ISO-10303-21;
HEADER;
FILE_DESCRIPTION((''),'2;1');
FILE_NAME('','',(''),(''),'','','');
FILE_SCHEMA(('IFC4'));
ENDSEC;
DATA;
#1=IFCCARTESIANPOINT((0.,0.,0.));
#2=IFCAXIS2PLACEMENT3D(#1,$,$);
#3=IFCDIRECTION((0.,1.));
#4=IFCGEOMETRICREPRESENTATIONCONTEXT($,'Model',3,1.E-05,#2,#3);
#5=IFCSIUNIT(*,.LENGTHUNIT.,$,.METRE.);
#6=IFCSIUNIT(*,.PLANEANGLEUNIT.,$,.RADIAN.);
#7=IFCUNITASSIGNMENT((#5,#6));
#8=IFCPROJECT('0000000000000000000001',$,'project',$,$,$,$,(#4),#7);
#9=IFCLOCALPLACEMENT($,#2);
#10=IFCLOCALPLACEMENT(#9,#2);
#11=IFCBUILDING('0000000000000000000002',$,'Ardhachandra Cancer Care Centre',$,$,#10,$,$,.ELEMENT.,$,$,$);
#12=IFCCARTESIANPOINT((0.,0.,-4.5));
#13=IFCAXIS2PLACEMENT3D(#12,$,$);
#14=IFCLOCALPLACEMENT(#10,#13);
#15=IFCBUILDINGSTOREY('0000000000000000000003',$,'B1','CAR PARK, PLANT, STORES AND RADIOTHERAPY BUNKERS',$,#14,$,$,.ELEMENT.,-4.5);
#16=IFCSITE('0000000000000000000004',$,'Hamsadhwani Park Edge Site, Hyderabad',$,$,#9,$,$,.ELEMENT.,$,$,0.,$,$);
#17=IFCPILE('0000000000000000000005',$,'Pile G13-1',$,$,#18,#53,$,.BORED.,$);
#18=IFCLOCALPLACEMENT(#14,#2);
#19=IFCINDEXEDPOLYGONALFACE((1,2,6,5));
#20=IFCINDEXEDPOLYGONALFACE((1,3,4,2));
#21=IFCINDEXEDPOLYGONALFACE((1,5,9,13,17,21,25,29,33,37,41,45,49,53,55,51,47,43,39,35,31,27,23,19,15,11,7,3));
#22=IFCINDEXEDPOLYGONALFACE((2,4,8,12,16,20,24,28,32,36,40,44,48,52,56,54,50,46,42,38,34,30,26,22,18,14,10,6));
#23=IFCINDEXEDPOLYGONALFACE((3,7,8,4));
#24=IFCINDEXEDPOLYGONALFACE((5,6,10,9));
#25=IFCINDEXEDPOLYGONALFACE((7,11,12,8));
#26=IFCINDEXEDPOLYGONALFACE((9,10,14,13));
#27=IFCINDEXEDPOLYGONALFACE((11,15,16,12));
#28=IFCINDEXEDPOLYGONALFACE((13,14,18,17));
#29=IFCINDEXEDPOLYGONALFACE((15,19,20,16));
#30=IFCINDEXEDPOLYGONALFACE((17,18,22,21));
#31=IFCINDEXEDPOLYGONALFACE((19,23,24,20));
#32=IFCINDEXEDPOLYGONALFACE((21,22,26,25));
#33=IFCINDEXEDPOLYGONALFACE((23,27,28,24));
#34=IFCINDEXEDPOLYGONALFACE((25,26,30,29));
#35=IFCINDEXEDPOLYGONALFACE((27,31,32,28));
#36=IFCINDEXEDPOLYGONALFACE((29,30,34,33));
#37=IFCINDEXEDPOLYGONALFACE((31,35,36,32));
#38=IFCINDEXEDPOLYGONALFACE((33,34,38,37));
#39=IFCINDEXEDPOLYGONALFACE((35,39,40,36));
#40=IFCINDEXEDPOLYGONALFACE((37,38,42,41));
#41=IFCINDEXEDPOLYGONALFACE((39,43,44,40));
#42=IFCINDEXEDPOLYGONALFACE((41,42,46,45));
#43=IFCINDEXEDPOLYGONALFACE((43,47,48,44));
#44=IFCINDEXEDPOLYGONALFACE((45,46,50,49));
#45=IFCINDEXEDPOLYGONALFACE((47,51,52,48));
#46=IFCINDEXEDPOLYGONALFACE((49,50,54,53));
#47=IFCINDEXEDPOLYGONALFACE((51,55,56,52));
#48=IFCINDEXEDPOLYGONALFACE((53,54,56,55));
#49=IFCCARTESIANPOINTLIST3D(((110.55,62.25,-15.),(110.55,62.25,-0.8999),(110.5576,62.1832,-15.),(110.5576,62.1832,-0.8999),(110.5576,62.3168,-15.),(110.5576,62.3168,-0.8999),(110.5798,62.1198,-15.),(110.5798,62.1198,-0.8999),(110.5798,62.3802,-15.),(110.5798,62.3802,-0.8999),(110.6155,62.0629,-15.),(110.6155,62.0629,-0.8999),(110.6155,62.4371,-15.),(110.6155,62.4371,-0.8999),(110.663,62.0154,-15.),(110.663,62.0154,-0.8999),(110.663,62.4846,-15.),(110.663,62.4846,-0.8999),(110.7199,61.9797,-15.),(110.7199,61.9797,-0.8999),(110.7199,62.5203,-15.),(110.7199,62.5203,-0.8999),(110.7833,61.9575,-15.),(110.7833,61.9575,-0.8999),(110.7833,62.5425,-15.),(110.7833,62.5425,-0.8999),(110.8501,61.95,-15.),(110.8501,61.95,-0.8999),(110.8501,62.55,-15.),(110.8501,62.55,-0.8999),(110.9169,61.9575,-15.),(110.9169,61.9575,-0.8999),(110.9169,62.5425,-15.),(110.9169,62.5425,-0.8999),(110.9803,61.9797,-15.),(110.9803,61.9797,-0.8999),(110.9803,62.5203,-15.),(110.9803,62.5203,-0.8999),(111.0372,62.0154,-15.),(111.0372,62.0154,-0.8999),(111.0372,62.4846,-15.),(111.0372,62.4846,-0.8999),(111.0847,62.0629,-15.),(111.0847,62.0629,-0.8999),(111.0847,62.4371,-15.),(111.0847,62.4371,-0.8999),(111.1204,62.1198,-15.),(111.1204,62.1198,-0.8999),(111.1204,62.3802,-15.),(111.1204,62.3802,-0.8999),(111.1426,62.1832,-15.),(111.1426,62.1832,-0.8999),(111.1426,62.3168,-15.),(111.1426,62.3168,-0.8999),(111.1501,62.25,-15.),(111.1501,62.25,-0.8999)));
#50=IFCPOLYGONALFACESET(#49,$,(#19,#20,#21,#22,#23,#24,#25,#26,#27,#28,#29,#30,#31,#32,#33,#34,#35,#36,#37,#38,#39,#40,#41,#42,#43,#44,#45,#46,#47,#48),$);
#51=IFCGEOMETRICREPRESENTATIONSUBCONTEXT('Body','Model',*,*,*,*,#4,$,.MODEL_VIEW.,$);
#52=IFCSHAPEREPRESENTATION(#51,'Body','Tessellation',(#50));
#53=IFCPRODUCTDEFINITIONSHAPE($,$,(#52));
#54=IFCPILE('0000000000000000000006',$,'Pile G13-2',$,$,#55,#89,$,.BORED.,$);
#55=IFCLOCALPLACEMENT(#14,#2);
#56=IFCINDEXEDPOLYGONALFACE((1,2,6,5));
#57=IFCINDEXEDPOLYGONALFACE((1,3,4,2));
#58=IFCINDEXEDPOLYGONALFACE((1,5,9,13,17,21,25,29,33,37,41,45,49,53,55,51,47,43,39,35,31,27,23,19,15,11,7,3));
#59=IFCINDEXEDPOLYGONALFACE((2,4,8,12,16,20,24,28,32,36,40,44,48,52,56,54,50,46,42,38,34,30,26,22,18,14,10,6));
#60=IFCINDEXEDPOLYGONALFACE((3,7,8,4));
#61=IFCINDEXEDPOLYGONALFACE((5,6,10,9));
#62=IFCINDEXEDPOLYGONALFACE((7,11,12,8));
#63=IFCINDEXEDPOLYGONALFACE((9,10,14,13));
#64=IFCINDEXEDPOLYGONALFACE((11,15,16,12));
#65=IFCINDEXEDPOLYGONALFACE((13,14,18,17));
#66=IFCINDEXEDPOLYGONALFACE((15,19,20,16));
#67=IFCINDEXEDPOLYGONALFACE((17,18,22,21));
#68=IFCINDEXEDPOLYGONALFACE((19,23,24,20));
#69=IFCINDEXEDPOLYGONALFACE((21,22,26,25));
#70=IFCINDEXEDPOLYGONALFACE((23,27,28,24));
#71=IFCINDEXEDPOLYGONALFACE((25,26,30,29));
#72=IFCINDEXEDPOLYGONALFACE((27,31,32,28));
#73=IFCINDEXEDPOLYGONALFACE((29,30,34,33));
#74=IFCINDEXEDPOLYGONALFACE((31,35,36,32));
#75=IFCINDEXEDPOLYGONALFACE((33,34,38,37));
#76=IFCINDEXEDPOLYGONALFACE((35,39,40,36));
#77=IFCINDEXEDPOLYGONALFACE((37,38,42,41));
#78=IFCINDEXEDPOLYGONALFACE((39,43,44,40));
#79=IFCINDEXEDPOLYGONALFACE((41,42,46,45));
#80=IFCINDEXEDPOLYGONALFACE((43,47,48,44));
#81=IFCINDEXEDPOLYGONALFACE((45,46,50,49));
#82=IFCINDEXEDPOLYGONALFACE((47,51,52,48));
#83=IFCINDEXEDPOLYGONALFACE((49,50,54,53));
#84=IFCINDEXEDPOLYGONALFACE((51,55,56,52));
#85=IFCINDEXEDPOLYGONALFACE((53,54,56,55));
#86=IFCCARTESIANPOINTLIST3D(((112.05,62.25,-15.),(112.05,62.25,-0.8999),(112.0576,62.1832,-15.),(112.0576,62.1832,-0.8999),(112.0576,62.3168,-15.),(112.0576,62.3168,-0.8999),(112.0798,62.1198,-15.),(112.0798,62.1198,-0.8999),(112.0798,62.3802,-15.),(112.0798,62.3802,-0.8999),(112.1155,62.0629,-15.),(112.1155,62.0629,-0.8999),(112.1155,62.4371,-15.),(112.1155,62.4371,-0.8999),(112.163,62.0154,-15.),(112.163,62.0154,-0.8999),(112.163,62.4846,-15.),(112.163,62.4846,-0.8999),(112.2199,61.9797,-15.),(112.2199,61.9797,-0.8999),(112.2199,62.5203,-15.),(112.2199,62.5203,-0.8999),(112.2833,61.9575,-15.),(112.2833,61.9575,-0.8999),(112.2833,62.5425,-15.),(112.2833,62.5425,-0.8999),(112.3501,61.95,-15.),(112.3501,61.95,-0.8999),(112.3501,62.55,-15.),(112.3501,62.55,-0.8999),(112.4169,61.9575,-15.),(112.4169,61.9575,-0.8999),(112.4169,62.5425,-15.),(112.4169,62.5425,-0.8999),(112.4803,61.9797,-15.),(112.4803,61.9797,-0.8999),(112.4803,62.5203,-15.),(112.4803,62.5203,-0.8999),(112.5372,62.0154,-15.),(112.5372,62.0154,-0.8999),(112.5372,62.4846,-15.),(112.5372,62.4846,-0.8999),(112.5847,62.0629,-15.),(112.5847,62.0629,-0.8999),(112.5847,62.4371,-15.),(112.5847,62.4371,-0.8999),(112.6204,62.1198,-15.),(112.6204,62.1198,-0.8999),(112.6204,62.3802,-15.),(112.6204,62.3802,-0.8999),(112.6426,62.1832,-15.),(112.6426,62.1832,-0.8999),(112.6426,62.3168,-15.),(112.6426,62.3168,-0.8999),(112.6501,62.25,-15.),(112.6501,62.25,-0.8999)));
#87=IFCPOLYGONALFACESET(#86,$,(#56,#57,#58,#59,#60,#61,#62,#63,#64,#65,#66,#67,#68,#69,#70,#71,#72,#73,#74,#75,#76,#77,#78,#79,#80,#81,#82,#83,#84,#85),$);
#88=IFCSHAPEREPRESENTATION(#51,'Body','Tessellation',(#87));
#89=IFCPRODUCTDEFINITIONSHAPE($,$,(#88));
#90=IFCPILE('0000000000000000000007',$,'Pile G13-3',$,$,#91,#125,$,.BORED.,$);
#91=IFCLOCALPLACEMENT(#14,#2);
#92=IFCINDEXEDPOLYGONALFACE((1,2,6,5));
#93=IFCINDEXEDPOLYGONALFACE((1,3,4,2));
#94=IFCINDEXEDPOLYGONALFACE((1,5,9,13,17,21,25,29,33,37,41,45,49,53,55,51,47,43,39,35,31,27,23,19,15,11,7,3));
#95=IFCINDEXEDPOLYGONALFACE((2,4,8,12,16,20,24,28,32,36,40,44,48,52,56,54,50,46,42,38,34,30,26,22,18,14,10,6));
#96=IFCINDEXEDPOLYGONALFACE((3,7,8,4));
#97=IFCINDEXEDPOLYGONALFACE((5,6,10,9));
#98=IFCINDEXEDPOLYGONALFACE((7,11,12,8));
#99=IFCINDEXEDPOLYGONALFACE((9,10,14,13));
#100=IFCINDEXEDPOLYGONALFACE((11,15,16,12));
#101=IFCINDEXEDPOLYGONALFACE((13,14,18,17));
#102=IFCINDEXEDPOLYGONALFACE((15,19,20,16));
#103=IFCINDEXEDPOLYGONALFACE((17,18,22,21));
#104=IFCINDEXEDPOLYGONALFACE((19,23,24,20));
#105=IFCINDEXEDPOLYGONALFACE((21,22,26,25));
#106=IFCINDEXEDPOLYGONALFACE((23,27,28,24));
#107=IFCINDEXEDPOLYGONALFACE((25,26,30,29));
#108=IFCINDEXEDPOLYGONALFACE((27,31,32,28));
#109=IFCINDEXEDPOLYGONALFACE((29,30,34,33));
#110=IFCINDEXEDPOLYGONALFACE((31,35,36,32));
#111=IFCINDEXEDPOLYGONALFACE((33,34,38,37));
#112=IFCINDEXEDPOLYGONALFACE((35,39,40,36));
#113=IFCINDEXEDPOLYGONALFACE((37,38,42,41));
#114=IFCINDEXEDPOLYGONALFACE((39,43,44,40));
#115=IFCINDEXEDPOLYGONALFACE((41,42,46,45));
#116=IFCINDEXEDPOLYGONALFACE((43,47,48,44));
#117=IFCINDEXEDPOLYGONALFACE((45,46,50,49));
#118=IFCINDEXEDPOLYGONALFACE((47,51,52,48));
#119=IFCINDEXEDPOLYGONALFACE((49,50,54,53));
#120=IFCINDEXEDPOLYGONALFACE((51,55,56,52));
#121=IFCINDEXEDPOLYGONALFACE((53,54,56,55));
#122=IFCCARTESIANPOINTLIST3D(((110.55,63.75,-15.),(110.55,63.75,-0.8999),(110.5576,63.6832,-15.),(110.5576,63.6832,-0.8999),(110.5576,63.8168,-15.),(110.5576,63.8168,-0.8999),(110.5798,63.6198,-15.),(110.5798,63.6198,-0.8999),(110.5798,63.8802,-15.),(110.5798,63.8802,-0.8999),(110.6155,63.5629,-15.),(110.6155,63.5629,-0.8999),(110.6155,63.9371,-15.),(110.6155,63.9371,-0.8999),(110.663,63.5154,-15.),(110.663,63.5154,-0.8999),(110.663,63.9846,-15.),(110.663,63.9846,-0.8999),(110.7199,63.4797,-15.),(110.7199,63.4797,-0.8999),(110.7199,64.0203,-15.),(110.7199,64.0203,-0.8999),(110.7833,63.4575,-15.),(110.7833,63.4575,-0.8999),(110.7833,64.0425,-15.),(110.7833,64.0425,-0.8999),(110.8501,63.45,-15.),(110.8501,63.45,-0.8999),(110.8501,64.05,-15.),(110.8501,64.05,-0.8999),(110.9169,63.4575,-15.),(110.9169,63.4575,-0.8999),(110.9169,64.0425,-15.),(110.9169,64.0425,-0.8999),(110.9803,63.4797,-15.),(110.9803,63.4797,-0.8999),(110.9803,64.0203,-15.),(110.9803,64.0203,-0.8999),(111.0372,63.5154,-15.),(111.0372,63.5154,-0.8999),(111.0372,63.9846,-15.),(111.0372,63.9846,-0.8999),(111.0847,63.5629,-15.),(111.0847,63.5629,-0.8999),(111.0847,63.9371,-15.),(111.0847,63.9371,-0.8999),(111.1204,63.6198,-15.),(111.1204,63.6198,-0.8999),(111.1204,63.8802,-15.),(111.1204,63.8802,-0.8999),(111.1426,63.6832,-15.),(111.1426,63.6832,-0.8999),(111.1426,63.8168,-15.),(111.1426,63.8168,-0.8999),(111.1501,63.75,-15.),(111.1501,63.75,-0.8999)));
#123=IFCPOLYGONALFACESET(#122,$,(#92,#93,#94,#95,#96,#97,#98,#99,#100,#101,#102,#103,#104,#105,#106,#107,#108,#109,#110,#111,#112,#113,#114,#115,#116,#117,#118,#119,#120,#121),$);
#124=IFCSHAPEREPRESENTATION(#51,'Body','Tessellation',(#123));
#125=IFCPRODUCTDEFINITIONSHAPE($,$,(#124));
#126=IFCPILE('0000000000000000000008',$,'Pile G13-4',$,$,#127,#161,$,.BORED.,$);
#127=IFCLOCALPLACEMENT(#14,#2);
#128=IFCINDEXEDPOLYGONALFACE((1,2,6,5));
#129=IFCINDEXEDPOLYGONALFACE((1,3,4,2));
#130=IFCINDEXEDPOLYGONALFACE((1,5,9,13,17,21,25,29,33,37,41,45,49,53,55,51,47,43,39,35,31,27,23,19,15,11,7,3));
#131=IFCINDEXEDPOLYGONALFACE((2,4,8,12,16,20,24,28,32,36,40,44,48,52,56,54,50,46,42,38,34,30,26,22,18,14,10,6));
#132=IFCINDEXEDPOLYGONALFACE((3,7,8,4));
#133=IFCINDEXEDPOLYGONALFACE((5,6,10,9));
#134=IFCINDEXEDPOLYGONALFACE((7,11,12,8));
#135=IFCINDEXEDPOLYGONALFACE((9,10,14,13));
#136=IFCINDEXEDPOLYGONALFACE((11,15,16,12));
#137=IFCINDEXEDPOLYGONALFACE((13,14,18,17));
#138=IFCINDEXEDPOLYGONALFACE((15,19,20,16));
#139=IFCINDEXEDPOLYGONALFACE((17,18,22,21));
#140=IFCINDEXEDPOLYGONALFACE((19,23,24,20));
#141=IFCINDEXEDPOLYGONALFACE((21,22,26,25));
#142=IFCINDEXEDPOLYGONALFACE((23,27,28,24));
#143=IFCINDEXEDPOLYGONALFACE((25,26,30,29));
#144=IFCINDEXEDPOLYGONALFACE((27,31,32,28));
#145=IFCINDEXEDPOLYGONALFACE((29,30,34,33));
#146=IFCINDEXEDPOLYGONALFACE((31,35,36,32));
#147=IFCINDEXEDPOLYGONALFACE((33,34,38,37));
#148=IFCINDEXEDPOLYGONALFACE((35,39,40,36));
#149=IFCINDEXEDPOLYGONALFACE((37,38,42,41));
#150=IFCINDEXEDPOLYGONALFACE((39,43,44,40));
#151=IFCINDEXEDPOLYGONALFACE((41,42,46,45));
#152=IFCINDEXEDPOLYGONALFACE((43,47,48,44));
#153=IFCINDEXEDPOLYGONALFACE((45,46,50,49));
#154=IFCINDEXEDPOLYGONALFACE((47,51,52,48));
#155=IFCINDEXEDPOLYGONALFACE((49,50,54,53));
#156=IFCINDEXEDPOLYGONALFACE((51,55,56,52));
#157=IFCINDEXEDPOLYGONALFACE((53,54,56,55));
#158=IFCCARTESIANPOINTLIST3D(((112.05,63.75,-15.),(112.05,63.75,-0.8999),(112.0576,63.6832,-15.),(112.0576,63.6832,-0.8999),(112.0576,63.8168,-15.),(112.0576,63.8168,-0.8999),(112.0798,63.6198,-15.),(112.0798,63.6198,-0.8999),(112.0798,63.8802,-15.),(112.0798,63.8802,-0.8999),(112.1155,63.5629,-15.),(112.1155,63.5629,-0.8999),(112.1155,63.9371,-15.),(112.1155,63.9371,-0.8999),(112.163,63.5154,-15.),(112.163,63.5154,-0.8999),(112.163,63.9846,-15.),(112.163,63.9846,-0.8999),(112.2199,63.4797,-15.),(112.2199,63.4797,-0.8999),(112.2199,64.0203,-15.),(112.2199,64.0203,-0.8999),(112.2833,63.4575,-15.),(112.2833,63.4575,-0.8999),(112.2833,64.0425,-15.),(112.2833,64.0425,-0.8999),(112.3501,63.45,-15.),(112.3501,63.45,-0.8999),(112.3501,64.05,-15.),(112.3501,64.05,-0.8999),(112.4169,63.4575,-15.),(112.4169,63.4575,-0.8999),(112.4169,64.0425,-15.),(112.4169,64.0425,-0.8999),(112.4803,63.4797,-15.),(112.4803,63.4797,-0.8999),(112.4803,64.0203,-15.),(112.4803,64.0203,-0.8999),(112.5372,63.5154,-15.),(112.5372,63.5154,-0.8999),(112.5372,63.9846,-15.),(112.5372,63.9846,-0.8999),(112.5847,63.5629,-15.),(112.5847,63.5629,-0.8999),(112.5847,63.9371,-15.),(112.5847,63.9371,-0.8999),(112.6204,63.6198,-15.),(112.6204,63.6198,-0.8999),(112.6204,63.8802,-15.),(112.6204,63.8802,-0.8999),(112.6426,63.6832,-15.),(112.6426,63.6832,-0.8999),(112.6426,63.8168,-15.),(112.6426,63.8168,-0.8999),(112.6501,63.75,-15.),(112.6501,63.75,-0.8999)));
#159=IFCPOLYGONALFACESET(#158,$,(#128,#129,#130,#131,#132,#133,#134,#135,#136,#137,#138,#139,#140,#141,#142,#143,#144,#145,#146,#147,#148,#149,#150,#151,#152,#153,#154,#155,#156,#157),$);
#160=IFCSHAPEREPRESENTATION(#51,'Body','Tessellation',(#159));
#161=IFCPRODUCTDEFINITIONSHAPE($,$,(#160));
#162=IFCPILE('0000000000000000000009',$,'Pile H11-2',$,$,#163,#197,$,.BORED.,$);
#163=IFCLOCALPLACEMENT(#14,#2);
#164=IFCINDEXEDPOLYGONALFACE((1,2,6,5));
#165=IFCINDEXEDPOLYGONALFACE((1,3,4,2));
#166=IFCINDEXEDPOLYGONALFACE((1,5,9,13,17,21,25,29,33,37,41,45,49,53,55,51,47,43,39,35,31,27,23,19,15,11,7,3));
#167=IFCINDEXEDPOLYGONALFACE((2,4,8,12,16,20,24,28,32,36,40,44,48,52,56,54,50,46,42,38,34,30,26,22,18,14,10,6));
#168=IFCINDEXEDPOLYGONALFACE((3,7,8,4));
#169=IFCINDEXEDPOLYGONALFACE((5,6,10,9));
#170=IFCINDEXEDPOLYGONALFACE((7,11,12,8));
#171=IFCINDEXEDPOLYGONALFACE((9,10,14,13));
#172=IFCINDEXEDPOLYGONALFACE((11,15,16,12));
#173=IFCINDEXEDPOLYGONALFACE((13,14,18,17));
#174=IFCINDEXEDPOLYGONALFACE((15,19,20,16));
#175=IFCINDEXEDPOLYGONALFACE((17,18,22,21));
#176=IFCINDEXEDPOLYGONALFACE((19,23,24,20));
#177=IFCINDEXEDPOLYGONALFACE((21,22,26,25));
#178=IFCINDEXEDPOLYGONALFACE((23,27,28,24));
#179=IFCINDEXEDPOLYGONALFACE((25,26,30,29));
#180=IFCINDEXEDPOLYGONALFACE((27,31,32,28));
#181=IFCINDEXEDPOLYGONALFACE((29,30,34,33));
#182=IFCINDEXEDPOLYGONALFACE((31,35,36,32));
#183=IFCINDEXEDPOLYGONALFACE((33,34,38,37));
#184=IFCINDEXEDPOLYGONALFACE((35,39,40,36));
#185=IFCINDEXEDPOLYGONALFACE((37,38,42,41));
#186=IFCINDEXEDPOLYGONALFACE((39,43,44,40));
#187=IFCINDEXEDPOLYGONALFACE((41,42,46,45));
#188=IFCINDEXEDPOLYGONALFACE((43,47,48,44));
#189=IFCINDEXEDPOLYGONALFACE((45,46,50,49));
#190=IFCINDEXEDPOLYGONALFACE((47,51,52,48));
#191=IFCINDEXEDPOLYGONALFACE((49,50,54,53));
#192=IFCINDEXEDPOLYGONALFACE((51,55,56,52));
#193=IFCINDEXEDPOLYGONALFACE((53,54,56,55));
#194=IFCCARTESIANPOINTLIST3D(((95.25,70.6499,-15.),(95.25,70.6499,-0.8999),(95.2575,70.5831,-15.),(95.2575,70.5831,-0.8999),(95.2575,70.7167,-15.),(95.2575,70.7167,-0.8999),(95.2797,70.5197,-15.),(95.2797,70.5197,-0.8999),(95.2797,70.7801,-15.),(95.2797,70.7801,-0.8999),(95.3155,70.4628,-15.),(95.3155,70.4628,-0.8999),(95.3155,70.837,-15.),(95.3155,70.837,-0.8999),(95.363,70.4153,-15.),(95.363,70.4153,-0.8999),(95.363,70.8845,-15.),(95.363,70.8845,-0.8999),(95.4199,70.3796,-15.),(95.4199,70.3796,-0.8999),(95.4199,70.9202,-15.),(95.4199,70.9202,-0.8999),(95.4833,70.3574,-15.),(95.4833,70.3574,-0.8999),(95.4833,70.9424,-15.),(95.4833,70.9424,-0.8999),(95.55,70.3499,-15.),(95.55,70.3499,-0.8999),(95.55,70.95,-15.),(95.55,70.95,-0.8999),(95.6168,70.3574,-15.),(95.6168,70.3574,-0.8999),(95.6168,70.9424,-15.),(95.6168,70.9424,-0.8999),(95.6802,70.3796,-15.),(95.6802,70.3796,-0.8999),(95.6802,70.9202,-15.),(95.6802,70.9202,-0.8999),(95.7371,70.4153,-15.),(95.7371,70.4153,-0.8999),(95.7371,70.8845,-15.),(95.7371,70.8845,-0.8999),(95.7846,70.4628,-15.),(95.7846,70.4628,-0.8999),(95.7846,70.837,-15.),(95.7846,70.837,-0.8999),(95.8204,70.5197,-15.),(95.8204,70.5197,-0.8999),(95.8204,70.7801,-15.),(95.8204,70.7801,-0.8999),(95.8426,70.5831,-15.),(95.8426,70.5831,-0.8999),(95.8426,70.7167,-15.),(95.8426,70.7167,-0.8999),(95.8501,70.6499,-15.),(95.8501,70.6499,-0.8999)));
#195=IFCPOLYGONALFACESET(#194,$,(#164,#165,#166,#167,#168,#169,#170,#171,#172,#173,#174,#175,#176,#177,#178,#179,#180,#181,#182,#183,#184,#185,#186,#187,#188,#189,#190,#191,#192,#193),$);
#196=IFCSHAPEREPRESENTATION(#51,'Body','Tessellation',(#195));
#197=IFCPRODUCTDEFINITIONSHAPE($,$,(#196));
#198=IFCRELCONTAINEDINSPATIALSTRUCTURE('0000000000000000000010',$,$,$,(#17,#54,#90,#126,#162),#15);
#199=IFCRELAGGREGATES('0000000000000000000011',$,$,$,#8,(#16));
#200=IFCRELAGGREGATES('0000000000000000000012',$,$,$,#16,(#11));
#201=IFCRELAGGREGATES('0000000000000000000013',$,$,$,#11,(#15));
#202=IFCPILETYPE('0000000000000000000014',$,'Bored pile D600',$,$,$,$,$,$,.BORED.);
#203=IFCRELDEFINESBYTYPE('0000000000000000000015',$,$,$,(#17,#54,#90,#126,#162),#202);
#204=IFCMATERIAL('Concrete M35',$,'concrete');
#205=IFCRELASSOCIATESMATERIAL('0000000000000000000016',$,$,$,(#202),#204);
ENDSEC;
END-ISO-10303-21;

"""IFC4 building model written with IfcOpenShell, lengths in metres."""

from ifc_helpers import new_model, si_unit, direction, frame, origin, origin_2d, place, context, subcontext, project, spatial, circle, extrude, material, material_profile, profile_set, type_object, element, save


model = new_model("IFC4")

# Units and contexts
model_context = context("Model", 3, precision=1e-05, world=origin(), true_north=direction((0.0, 1.0)))
body_context = subcontext(model_context, "Body", "Model", "MODEL_VIEW")
ifc_project = project(units=[si_unit("LENGTHUNIT", "METRE"), si_unit("PLANEANGLEUNIT", "RADIAN")], contexts=[model_context])

# Site, building, storey
site_placement = place(None, origin())
site = spatial("IfcSite", under=ifc_project, at=site_placement, Name="Hamsadhwani Park Edge Site, Hyderabad", CompositionType="ELEMENT", RefElevation=0.0)
building_placement = place(site_placement, origin())
building = spatial("IfcBuilding", under=site, at=building_placement, Name="Ardhachandra Cancer Care Centre", CompositionType="ELEMENT")
storey_placement = place(building_placement, frame((0.0, 0.0, -4.5)))
storey = spatial("IfcBuildingStorey", under=building, at=storey_placement, Name="B1", Description="CAR PARK, PLANT, STORES AND RADIOTHERAPY BUNKERS", CompositionType="ELEMENT", Elevation=-4.5)

# Piles
ifc_material_1 = material(Name="Concrete M35", Category="concrete")
ifc_material_profile_1 = material_profile(ifc_material_1, circle(Radius=0.3, at=origin_2d()), Name="D600")
ifc_profile_set_1 = profile_set([ifc_material_profile_1], Name="Concrete M35")
pile_type = type_object("IfcPileType", Name="Bored pile D600", PredefinedType="BORED", material=ifc_profile_set_1)
for number, where, z_axis, x_axis, name in (
    (1, (110.8501, 62.25, -0.8999), (0.0, 0.0, -1.0), (1.0, 0.0, 0.0), "Pile G13-1"),
    (2, (112.3501, 62.25, -0.8999), (0.0, 0.0, -1.0), (1.0, 0.0, 0.0), "Pile G13-2"),
    (3, (110.8501, 63.75, -0.8999), (0.0, 0.0, -1.0), (1.0, 0.0, 0.0), "Pile G13-3"),
    (4, (112.3501, 63.75, -0.8999), (0.0, 0.0, -1.0), (1.0, 0.0, 0.0), "Pile G13-4"),
    (5, (95.55, 70.6499, -0.8999), (0.0, 0.0, -1.0), (1.0, 0.0, 0.0), "Pile H11-2"),
):
    element("IfcPile", number, at=place(storey_placement, frame(where, z_axis=z_axis, x_axis=x_axis)), inside=storey, type_object=pile_type, Name=name, PredefinedType="BORED", context=body_context, shape_type="SweptSolid", body=[
        extrude(circle(Radius=0.3, at=origin_2d()), origin(), (0.0, 0.0, 1.0), 14.1001),
    ])

save(model, "model.ifc")
